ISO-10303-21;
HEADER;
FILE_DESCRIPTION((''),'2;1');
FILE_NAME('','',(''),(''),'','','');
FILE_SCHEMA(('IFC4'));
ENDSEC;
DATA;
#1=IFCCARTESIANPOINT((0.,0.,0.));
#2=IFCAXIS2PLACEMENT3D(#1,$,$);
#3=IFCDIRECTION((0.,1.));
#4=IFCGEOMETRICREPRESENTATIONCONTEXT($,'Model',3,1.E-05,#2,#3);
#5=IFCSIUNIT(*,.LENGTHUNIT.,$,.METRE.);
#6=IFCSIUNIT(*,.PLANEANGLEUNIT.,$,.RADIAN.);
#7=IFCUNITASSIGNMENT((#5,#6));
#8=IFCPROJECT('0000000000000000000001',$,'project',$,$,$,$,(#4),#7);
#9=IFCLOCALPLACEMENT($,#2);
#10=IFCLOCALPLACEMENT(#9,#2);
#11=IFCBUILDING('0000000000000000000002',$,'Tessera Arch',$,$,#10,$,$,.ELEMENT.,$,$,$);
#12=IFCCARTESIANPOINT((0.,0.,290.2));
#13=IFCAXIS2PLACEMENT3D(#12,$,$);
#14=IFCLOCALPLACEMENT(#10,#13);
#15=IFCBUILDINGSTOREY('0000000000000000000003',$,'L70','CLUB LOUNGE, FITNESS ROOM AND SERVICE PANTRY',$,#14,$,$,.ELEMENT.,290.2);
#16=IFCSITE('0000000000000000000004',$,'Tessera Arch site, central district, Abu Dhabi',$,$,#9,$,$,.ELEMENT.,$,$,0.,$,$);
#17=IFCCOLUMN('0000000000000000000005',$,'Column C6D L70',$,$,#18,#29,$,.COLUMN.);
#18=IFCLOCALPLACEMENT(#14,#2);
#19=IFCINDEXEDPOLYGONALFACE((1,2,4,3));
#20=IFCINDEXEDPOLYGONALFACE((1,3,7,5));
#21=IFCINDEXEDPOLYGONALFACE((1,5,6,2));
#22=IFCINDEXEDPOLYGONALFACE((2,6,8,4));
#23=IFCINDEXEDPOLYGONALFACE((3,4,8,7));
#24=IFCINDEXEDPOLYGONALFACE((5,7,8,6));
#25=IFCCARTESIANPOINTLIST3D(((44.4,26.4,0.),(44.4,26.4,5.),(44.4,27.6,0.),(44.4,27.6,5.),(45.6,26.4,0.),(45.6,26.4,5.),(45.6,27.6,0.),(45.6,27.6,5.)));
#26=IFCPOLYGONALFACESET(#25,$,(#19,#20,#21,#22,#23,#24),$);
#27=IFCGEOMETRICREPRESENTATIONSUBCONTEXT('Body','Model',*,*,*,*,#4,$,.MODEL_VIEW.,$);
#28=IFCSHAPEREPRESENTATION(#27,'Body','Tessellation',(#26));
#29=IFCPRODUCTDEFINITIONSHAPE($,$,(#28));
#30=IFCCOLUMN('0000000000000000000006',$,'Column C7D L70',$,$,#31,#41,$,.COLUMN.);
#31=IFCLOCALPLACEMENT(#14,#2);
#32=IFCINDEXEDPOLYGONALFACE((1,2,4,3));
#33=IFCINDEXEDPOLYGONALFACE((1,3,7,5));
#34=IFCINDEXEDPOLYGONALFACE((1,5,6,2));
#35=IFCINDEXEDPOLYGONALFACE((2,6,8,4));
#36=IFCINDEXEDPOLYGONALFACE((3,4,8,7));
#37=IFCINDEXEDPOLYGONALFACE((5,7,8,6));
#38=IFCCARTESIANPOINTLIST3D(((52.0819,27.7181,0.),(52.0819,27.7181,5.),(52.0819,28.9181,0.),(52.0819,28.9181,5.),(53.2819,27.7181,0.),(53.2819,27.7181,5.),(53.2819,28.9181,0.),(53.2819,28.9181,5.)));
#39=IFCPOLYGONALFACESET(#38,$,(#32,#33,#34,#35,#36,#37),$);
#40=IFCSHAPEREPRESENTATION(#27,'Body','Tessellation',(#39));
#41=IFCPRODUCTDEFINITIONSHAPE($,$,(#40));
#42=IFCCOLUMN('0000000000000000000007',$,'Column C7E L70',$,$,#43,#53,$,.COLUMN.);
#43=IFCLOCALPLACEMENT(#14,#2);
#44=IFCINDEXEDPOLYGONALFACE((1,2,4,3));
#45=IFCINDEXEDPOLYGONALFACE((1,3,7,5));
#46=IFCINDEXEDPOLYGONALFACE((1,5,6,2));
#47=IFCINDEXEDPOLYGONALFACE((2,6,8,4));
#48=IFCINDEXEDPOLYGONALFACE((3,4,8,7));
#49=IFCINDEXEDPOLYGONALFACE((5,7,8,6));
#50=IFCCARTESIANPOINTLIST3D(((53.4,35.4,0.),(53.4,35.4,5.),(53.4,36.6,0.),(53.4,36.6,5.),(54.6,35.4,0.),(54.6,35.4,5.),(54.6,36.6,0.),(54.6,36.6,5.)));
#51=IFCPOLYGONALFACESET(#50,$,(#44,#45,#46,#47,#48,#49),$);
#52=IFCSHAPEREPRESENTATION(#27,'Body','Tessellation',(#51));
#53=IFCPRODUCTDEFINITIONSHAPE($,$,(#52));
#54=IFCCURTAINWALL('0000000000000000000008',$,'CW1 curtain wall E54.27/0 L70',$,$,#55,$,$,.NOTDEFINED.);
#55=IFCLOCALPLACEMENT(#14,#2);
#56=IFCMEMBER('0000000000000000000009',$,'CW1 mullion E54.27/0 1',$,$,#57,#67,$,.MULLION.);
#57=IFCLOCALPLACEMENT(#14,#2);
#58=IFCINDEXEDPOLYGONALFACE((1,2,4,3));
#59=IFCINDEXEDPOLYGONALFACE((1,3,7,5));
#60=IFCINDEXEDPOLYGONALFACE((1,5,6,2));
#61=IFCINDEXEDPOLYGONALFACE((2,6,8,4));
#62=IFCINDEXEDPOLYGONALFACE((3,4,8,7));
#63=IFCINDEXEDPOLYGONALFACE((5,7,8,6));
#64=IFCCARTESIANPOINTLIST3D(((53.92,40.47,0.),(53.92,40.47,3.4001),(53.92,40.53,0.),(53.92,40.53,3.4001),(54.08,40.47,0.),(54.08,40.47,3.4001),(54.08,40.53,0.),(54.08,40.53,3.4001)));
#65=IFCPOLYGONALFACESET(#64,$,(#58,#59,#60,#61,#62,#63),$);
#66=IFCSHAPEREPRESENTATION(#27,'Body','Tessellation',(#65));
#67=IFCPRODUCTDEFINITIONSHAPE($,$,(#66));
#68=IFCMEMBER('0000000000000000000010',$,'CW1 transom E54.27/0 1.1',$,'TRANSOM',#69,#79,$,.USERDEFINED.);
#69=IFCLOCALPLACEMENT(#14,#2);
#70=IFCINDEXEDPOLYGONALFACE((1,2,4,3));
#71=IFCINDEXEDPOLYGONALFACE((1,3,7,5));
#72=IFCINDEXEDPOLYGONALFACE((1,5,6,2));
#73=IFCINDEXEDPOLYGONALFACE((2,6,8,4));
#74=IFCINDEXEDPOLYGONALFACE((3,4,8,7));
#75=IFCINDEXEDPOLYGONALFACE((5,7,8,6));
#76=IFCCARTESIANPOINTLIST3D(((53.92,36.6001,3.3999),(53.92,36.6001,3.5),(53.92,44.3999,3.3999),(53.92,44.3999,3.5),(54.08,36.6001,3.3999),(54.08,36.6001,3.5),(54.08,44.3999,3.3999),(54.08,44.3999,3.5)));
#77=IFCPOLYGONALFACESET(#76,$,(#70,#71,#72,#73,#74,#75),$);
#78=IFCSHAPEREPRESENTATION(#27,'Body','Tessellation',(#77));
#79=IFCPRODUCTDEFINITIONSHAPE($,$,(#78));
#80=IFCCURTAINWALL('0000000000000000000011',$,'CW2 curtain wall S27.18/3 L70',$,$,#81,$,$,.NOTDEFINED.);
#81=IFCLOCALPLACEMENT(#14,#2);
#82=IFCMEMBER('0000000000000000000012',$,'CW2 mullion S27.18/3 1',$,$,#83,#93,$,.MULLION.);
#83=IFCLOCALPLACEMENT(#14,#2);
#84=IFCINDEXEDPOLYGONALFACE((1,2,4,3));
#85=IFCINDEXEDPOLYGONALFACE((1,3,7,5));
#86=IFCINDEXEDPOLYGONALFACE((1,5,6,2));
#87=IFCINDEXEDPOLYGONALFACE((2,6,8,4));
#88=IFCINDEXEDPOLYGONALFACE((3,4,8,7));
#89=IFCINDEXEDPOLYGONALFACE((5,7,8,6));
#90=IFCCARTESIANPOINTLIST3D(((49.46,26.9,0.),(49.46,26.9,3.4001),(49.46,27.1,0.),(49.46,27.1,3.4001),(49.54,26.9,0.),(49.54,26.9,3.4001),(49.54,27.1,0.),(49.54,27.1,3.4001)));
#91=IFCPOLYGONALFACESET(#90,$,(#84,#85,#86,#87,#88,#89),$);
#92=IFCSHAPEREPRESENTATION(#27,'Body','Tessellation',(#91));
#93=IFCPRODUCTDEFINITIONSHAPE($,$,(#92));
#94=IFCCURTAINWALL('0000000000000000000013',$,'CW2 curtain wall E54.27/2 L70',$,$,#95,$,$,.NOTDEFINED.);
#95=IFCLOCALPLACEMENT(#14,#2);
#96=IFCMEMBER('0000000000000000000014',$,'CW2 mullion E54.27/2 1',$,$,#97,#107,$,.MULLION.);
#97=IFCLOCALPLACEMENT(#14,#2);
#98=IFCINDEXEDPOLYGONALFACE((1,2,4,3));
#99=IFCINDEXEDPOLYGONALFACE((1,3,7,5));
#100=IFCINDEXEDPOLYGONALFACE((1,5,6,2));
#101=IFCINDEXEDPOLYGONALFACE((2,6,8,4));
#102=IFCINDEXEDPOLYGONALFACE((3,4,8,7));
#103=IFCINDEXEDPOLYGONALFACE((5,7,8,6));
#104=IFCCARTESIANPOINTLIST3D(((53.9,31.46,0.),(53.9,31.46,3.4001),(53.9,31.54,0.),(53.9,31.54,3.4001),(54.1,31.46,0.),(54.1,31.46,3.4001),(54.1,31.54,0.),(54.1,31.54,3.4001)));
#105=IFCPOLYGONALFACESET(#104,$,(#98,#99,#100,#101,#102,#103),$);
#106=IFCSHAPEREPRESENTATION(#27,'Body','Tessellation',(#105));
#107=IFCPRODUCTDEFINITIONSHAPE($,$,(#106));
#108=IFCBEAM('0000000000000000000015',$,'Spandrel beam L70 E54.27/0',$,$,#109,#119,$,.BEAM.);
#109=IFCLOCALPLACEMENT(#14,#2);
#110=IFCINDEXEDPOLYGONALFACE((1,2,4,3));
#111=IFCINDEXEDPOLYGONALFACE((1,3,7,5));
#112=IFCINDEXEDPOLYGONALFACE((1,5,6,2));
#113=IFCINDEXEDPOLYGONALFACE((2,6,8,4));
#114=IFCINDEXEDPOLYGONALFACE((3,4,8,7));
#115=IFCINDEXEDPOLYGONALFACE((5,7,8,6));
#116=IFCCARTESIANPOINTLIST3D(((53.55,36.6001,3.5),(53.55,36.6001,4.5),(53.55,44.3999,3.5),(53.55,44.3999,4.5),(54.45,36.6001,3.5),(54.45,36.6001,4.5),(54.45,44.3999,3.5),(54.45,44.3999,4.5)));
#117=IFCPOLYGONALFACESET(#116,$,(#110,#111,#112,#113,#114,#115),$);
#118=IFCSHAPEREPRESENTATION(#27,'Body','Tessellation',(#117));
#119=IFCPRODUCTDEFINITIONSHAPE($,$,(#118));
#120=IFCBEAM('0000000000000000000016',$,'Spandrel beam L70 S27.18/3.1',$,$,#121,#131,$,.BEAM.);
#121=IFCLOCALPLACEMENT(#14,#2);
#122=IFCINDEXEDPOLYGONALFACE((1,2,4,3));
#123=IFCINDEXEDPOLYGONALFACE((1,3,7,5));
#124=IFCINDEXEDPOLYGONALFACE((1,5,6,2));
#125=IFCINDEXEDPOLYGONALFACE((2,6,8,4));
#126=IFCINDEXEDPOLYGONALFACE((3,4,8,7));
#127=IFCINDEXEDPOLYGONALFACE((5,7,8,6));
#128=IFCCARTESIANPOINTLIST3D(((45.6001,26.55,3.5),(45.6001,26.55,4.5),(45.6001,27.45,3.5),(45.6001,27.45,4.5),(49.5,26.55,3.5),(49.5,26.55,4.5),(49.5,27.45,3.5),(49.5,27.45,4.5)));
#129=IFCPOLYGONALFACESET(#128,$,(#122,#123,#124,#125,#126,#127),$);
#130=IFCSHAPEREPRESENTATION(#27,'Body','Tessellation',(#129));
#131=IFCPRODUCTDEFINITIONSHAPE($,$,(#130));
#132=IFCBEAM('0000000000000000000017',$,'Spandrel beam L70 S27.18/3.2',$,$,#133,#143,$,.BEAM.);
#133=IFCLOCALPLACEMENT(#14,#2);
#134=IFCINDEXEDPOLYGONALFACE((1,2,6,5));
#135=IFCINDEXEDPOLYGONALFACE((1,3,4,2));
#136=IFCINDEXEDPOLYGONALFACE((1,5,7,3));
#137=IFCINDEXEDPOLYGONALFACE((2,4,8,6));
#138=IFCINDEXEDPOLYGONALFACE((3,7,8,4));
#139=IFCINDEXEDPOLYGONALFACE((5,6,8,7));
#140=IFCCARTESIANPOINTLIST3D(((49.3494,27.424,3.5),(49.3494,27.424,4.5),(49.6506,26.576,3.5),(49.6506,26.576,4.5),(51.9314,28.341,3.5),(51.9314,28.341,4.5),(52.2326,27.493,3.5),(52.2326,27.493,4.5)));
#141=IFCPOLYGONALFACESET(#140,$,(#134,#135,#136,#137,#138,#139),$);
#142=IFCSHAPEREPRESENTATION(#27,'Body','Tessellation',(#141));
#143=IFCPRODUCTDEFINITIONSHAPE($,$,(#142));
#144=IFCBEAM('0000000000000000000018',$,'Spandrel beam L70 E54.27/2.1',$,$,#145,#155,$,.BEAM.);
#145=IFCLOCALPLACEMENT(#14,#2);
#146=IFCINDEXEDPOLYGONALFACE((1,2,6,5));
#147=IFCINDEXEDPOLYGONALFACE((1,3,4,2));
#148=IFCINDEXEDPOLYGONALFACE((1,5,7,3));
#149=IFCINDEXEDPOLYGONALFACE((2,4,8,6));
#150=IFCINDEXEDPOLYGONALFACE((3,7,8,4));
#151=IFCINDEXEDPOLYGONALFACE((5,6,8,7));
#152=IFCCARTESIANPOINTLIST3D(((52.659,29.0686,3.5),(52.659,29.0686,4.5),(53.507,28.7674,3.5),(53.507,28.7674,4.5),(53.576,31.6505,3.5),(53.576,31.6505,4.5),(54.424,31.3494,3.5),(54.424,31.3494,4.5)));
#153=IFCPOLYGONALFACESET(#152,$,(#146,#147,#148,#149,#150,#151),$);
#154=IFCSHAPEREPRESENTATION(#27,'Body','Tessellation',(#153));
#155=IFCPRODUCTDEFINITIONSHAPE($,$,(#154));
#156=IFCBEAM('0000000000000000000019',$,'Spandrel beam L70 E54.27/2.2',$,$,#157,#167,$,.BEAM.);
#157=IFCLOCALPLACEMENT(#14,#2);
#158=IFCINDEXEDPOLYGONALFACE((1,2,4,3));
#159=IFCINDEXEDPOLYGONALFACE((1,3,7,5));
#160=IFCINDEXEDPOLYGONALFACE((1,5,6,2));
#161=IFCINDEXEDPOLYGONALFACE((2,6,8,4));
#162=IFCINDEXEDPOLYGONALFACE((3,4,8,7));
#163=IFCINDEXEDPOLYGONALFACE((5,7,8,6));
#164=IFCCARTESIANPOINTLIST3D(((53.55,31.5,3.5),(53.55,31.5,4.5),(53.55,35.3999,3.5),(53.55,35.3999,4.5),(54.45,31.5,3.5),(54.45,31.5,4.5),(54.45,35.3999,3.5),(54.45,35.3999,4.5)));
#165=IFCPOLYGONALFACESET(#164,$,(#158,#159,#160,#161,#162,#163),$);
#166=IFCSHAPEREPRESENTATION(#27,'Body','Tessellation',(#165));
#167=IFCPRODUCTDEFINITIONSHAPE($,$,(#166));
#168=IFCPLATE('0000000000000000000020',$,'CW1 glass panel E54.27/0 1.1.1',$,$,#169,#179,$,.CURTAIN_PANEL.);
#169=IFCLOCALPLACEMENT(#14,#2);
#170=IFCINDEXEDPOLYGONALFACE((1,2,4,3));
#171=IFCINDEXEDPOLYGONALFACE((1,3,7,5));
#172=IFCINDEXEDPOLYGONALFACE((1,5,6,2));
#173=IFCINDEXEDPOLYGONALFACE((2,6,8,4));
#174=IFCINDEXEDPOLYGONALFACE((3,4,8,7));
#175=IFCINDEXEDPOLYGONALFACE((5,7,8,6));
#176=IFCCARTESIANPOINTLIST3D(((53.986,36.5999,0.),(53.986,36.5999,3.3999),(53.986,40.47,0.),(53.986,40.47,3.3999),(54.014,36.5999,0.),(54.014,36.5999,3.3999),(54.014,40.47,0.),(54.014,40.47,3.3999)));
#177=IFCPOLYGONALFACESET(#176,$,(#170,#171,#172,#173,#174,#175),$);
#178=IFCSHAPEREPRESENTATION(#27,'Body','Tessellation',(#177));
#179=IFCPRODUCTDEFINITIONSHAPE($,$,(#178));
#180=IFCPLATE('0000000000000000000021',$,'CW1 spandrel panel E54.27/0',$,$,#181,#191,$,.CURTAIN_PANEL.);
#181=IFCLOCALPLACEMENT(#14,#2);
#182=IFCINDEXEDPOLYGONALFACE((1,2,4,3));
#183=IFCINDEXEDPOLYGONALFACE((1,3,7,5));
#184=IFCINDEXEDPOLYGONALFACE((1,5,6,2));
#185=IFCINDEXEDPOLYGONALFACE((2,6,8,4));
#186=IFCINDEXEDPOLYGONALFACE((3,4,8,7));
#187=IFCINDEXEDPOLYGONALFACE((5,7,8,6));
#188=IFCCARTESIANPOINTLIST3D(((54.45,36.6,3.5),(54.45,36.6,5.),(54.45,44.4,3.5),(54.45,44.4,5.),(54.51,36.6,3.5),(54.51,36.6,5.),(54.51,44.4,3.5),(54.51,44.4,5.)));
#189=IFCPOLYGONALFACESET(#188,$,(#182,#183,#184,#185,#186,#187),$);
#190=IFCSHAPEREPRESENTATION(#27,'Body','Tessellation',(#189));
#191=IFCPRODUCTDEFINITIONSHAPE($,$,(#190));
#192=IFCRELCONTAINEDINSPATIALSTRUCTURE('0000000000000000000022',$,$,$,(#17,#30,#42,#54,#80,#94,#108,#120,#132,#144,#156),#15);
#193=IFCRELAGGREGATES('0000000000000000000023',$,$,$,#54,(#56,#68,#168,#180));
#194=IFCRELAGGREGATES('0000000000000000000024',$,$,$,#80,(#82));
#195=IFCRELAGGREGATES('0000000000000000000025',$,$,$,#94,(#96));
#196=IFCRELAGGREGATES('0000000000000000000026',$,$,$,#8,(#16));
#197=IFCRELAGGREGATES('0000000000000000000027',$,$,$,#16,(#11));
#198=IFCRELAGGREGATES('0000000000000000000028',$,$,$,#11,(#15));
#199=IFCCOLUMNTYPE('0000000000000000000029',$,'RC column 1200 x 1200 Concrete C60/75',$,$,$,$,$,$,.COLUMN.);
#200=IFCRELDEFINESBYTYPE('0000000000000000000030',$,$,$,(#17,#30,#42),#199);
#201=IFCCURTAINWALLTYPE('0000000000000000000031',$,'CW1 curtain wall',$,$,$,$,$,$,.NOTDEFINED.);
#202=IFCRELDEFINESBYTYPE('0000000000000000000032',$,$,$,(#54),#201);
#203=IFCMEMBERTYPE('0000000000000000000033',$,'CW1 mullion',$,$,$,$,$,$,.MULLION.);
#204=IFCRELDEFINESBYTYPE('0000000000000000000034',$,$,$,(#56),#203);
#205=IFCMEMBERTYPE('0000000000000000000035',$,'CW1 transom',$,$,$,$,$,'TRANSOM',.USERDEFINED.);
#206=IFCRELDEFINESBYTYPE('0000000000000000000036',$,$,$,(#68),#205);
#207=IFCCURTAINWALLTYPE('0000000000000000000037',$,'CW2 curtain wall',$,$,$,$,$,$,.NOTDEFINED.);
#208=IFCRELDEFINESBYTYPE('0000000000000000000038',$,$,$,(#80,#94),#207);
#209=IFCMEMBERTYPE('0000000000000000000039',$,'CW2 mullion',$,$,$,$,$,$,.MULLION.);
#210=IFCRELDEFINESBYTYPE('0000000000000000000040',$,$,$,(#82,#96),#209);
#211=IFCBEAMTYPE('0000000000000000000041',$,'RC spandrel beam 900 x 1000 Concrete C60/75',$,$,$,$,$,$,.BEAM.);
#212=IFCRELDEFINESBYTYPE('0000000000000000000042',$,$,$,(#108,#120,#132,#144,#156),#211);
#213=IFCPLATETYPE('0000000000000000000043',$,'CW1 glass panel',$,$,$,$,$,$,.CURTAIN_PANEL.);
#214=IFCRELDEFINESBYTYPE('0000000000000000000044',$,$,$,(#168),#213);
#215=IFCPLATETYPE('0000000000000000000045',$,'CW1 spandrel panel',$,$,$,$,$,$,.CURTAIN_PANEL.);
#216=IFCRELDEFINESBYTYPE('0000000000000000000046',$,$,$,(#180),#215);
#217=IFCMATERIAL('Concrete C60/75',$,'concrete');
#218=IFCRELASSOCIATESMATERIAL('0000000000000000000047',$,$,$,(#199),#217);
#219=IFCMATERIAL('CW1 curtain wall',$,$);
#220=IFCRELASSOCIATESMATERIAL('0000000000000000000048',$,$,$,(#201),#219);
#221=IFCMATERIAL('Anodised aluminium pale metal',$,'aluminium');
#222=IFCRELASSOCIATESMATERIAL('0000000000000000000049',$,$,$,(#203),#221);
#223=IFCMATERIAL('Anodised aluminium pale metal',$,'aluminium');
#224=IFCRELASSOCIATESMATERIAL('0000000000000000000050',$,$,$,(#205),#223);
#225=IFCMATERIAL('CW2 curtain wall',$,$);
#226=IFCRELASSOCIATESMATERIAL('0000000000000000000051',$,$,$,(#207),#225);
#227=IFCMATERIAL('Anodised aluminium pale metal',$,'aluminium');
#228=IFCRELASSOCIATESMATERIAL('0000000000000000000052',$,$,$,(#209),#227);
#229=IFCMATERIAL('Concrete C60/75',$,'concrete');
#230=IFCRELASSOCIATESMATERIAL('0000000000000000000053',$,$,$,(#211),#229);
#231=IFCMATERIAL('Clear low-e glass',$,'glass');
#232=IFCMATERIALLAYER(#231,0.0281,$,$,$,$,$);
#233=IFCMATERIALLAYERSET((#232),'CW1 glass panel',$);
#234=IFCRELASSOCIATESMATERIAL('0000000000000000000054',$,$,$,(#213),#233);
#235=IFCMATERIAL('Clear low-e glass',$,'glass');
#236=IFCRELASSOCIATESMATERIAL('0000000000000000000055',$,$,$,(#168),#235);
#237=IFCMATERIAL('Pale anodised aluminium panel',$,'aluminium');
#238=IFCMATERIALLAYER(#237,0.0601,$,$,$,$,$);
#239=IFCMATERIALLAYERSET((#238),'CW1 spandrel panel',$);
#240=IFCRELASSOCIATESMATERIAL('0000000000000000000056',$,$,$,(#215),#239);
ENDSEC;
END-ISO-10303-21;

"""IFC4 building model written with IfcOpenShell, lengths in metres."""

from ifc_helpers import new_model, si_unit, direction, frame, origin, origin_2d, place, context, subcontext, project, spatial, rectangle, extrude, material, layer, layer_set, material_profile, profile_set, type_object, element, aggregate, save


model = new_model("IFC4")

# Units and contexts
model_context = context("Model", 3, precision=1e-05, world=origin(), true_north=direction((0.0, 1.0)))
body_context = subcontext(model_context, "Body", "Model", "MODEL_VIEW")
ifc_project = project(units=[si_unit("LENGTHUNIT", "METRE"), si_unit("PLANEANGLEUNIT", "RADIAN")], contexts=[model_context])

# Site, building, storey
site_placement = place(None, origin())
site = spatial("IfcSite", under=ifc_project, at=site_placement, Name="Tessera Arch site, central district, Abu Dhabi", CompositionType="ELEMENT", RefElevation=0.0)
building_placement = place(site_placement, origin())
building = spatial("IfcBuilding", under=site, at=building_placement, Name="Tessera Arch", CompositionType="ELEMENT")
storey_placement = place(building_placement, frame((0.0, 0.0, 290.2)))
storey = spatial("IfcBuildingStorey", under=building, at=storey_placement, Name="L70", Description="CLUB LOUNGE, FITNESS ROOM AND SERVICE PANTRY", CompositionType="ELEMENT", Elevation=290.2)

# Columns
ifc_material_1 = material(Name="Concrete C60/75", Category="concrete")
ifc_material_profile_1 = material_profile(ifc_material_1, rectangle(XDim=1.2, YDim=1.2, at=origin_2d()), Name="RC column 1200 x 1200 Concrete C60/75")
ifc_profile_set_1 = profile_set([ifc_material_profile_1], Name="Concrete C60/75")
column_type = type_object("IfcColumnType", Name="RC column 1200 x 1200 Concrete C60/75", PredefinedType="COLUMN", material=ifc_profile_set_1)
for number, where, z_axis, x_axis, name in (
    (1, (45.0, 27.0, 0.0), (0.0, 0.0, 1.0), (1.0, 0.0, 0.0), "Column C6D L70"),
    (2, (52.6819, 28.3181, 0.0), (0.0, 0.0, 1.0), (1.0, 0.0, 0.0), "Column C7D L70"),
    (3, (54.0, 36.0, 0.0), (0.0, 0.0, 1.0), (1.0, 0.0, 0.0), "Column C7E L70"),
):
    element("IfcColumn", number, at=place(storey_placement, frame(where, z_axis=z_axis, x_axis=x_axis)), inside=storey, type_object=column_type, Name=name, PredefinedType="COLUMN", context=body_context, shape_type="SweptSolid", body=[
        extrude(rectangle(XDim=1.2, YDim=1.2, at=origin_2d()), origin(), (0.0, 0.0, 1.0), 5.0),
    ])

# Curtain wall, members
ifc_material_2 = material(Name="CW1 curtain wall")
curtain_wall_type_1 = type_object("IfcCurtainWallType", Name="CW1 curtain wall", PredefinedType="NOTDEFINED", material=ifc_material_2)
curtain_wall_1_placement = place(storey_placement, origin())
curtain_wall_1 = element("IfcCurtainWall", 4, at=curtain_wall_1_placement, inside=storey, type_object=curtain_wall_type_1, Name="CW1 curtain wall E54.27/0 L70", PredefinedType="NOTDEFINED")
ifc_material_3 = material(Name="Anodised aluminium pale metal", Category="aluminium")
ifc_material_profile_2 = material_profile(ifc_material_3, rectangle(XDim=0.1599, YDim=0.0601, at=origin_2d()), Name="AL 60x160")
ifc_profile_set_2 = profile_set([ifc_material_profile_2], Name="Anodised aluminium pale metal")
member_type_1 = type_object("IfcMemberType", Name="CW1 mullion", PredefinedType="MULLION", material=ifc_profile_set_2)
member_1_placement = place(storey_placement, frame((54.0, 40.5, 0.0), z_axis=(0.0, 0.0, 1.0), x_axis=(-1.0, 0.0, 0.0)))
member_1 = element("IfcMember", 5, at=member_1_placement, type_object=member_type_1, Name="CW1 mullion E54.27/0 1", PredefinedType="MULLION", context=body_context, shape_type="SweptSolid", body=[
    extrude(rectangle(XDim=0.1599, YDim=0.0601, at=origin_2d()), origin(), (0.0, 0.0, 1.0), 3.4001),
])
ifc_material_4 = material(Name="Anodised aluminium pale metal", Category="aluminium")
ifc_material_profile_3 = material_profile(ifc_material_4, rectangle(XDim=0.1599, YDim=0.1001, at=origin_2d()), Name="AL 160x100")
ifc_profile_set_3 = profile_set([ifc_material_profile_3], Name="Anodised aluminium pale metal")
member_type_2 = type_object("IfcMemberType", Name="CW1 transom", ElementType="TRANSOM", PredefinedType="USERDEFINED", material=ifc_profile_set_3)
member_2_placement = place(storey_placement, frame((54.0, 36.6001, 3.45), z_axis=(0.0, 1.0, 0.0), x_axis=(-1.0, 0.0, 0.0)))
member_2 = element("IfcMember", 6, at=member_2_placement, type_object=member_type_2, Name="CW1 transom E54.27/0 1.1", ObjectType="TRANSOM", PredefinedType="USERDEFINED", context=body_context, shape_type="SweptSolid", body=[
    extrude(rectangle(XDim=0.1599, YDim=0.1001, at=origin_2d()), origin(), (0.0, 0.0, 1.0), 7.7998),
])

# Curtain walls, members
ifc_material_5 = material(Name="CW2 curtain wall")
curtain_wall_type_2 = type_object("IfcCurtainWallType", Name="CW2 curtain wall", PredefinedType="NOTDEFINED", material=ifc_material_5)
curtain_wall_2_placement = place(storey_placement, origin())
curtain_wall_2 = element("IfcCurtainWall", 7, at=curtain_wall_2_placement, inside=storey, type_object=curtain_wall_type_2, Name="CW2 curtain wall S27.18/3 L70", PredefinedType="NOTDEFINED")
ifc_material_6 = material(Name="Anodised aluminium pale metal", Category="aluminium")
ifc_material_profile_4 = material_profile(ifc_material_6, rectangle(XDim=0.2, YDim=0.0801, at=origin_2d()), Name="AL 80x200")
ifc_profile_set_4 = profile_set([ifc_material_profile_4], Name="Anodised aluminium pale metal")
member_type_3 = type_object("IfcMemberType", Name="CW2 mullion", PredefinedType="MULLION", material=ifc_profile_set_4)
member_3_placement = place(storey_placement, frame((49.5, 27.0, 0.0), z_axis=(0.0, 0.0, 1.0), x_axis=(0.0, 1.0, 0.0)))
member_3 = element("IfcMember", 8, at=member_3_placement, type_object=member_type_3, Name="CW2 mullion S27.18/3 1", PredefinedType="MULLION", context=body_context, shape_type="SweptSolid", body=[
    extrude(rectangle(XDim=0.2, YDim=0.0801, at=origin_2d()), origin(), (0.0, 0.0, 1.0), 3.4001),
])
curtain_wall_3_placement = place(storey_placement, origin())
curtain_wall_3 = element("IfcCurtainWall", 9, at=curtain_wall_3_placement, inside=storey, type_object=curtain_wall_type_2, Name="CW2 curtain wall E54.27/2 L70", PredefinedType="NOTDEFINED")
member_4_placement = place(storey_placement, frame((54.0, 31.5, 0.0), z_axis=(0.0, 0.0, 1.0), x_axis=(-1.0, 0.0, 0.0)))
member_4 = element("IfcMember", 10, at=member_4_placement, type_object=member_type_3, Name="CW2 mullion E54.27/2 1", PredefinedType="MULLION", context=body_context, shape_type="SweptSolid", body=[
    extrude(rectangle(XDim=0.2, YDim=0.0801, at=origin_2d()), origin(), (0.0, 0.0, 1.0), 3.4001),
])

# Beams
ifc_material_7 = material(Name="Concrete C60/75", Category="concrete")
ifc_material_profile_5 = material_profile(ifc_material_7, rectangle(XDim=0.8999, YDim=1.0, at=origin_2d()), Name="RC spandrel beam 900 x 1000 Concrete C60/75")
ifc_profile_set_5 = profile_set([ifc_material_profile_5], Name="Concrete C60/75")
beam_type = type_object("IfcBeamType", Name="RC spandrel beam 900 x 1000 Concrete C60/75", PredefinedType="BEAM", material=ifc_profile_set_5)
beam_1_placement = place(storey_placement, frame((54.0, 36.6001, 4.0), z_axis=(0.0, 1.0, 0.0), x_axis=(-1.0, 0.0, 0.0)))
element("IfcBeam", 11, at=beam_1_placement, inside=storey, type_object=beam_type, Name="Spandrel beam L70 E54.27/0", PredefinedType="BEAM", context=body_context, shape_type="SweptSolid", body=[
    extrude(rectangle(XDim=0.8999, YDim=1.0, at=origin_2d()), origin(), (0.0, 0.0, 1.0), 7.7998),
])
beam_2_placement = place(storey_placement, frame((45.6001, 27.0, 4.0), z_axis=(1.0, 0.0, 0.0), x_axis=(0.0, 1.0, 0.0)))
element("IfcBeam", 12, at=beam_2_placement, inside=storey, type_object=beam_type, Name="Spandrel beam L70 S27.18/3.1", PredefinedType="BEAM", context=body_context, shape_type="SweptSolid", body=[
    extrude(rectangle(XDim=0.8999, YDim=1.0, at=origin_2d()), origin(), (0.0, 0.0, 1.0), 3.8999),
])
for number, where, z_axis, x_axis, name in (
    (13, (49.5, 27.0, 4.0), (0.942337, 0.334665, 0.0), (-0.334665, 0.942337, 0.0), "Spandrel beam L70 S27.18/3.2"),
    (14, (53.083, 28.918, 4.0), (0.334665, 0.942337, 0.0), (-0.942337, 0.334665, 0.0), "Spandrel beam L70 E54.27/2.1"),
):
    element("IfcBeam", number, at=place(storey_placement, frame(where, z_axis=z_axis, x_axis=x_axis)), inside=storey, type_object=beam_type, Name=name, PredefinedType="BEAM", context=body_context, shape_type="SweptSolid", body=[
        extrude(rectangle(XDim=0.8999, YDim=1.0, at=origin_2d()), origin(), (0.0, 0.0, 1.0), 2.74),
    ])
beam_3_placement = place(storey_placement, frame((54.0, 31.5, 4.0), z_axis=(0.0, 1.0, 0.0), x_axis=(-1.0, 0.0, 0.0)))
element("IfcBeam", 15, at=beam_3_placement, inside=storey, type_object=beam_type, Name="Spandrel beam L70 E54.27/2.2", PredefinedType="BEAM", context=body_context, shape_type="SweptSolid", body=[
    extrude(rectangle(XDim=0.8999, YDim=1.0, at=origin_2d()), origin(), (0.0, 0.0, 1.0), 3.8999),
])

# Plates
ifc_material_8 = material(Name="Clear low-e glass", Category="glass")
ifc_material_9 = material(Name="Clear low-e glass", Category="glass")
ifc_layer_1 = layer(ifc_material_9, 0.0281)
ifc_layer_set_1 = layer_set([ifc_layer_1], Name="CW1 glass panel")
plate_type_1 = type_object("IfcPlateType", Name="CW1 glass panel", PredefinedType="CURTAIN_PANEL", material=ifc_layer_set_1)
plate_1_placement = place(storey_placement, frame((54.0, 38.5349, 0.0), z_axis=(0.0, 0.0, 1.0), x_axis=(0.0, 1.0, 0.0)))
plate_1 = element("IfcPlate", 16, at=plate_1_placement, type_object=plate_type_1, material=ifc_material_8, Name="CW1 glass panel E54.27/0 1.1.1", PredefinedType="CURTAIN_PANEL", context=body_context, shape_type="SweptSolid", body=[
    extrude(rectangle(XDim=3.8701, YDim=0.0281, at=origin_2d()), origin(), (0.0, 0.0, 1.0), 3.3999),
])
ifc_material_10 = material(Name="Pale anodised aluminium panel", Category="aluminium")
ifc_layer_2 = layer(ifc_material_10, 0.0601)
ifc_layer_set_2 = layer_set([ifc_layer_2], Name="CW1 spandrel panel")
plate_type_2 = type_object("IfcPlateType", Name="CW1 spandrel panel", PredefinedType="CURTAIN_PANEL", material=ifc_layer_set_2)
plate_2_placement = place(storey_placement, frame((54.48, 40.5, 3.5), z_axis=(0.0, 0.0, 1.0), x_axis=(0.0, 1.0, 0.0)))
plate_2 = element("IfcPlate", 17, at=plate_2_placement, type_object=plate_type_2, Name="CW1 spandrel panel E54.27/0", PredefinedType="CURTAIN_PANEL", context=body_context, shape_type="SweptSolid", body=[
    extrude(rectangle(XDim=7.8, YDim=0.0601, at=origin_2d()), origin(), (0.0, 0.0, 1.0), 1.5),
])
aggregate(curtain_wall_1, [member_1, member_2, plate_1, plate_2])
aggregate(curtain_wall_2, [member_3])
aggregate(curtain_wall_3, [member_4])

save(model, "model.ifc")
